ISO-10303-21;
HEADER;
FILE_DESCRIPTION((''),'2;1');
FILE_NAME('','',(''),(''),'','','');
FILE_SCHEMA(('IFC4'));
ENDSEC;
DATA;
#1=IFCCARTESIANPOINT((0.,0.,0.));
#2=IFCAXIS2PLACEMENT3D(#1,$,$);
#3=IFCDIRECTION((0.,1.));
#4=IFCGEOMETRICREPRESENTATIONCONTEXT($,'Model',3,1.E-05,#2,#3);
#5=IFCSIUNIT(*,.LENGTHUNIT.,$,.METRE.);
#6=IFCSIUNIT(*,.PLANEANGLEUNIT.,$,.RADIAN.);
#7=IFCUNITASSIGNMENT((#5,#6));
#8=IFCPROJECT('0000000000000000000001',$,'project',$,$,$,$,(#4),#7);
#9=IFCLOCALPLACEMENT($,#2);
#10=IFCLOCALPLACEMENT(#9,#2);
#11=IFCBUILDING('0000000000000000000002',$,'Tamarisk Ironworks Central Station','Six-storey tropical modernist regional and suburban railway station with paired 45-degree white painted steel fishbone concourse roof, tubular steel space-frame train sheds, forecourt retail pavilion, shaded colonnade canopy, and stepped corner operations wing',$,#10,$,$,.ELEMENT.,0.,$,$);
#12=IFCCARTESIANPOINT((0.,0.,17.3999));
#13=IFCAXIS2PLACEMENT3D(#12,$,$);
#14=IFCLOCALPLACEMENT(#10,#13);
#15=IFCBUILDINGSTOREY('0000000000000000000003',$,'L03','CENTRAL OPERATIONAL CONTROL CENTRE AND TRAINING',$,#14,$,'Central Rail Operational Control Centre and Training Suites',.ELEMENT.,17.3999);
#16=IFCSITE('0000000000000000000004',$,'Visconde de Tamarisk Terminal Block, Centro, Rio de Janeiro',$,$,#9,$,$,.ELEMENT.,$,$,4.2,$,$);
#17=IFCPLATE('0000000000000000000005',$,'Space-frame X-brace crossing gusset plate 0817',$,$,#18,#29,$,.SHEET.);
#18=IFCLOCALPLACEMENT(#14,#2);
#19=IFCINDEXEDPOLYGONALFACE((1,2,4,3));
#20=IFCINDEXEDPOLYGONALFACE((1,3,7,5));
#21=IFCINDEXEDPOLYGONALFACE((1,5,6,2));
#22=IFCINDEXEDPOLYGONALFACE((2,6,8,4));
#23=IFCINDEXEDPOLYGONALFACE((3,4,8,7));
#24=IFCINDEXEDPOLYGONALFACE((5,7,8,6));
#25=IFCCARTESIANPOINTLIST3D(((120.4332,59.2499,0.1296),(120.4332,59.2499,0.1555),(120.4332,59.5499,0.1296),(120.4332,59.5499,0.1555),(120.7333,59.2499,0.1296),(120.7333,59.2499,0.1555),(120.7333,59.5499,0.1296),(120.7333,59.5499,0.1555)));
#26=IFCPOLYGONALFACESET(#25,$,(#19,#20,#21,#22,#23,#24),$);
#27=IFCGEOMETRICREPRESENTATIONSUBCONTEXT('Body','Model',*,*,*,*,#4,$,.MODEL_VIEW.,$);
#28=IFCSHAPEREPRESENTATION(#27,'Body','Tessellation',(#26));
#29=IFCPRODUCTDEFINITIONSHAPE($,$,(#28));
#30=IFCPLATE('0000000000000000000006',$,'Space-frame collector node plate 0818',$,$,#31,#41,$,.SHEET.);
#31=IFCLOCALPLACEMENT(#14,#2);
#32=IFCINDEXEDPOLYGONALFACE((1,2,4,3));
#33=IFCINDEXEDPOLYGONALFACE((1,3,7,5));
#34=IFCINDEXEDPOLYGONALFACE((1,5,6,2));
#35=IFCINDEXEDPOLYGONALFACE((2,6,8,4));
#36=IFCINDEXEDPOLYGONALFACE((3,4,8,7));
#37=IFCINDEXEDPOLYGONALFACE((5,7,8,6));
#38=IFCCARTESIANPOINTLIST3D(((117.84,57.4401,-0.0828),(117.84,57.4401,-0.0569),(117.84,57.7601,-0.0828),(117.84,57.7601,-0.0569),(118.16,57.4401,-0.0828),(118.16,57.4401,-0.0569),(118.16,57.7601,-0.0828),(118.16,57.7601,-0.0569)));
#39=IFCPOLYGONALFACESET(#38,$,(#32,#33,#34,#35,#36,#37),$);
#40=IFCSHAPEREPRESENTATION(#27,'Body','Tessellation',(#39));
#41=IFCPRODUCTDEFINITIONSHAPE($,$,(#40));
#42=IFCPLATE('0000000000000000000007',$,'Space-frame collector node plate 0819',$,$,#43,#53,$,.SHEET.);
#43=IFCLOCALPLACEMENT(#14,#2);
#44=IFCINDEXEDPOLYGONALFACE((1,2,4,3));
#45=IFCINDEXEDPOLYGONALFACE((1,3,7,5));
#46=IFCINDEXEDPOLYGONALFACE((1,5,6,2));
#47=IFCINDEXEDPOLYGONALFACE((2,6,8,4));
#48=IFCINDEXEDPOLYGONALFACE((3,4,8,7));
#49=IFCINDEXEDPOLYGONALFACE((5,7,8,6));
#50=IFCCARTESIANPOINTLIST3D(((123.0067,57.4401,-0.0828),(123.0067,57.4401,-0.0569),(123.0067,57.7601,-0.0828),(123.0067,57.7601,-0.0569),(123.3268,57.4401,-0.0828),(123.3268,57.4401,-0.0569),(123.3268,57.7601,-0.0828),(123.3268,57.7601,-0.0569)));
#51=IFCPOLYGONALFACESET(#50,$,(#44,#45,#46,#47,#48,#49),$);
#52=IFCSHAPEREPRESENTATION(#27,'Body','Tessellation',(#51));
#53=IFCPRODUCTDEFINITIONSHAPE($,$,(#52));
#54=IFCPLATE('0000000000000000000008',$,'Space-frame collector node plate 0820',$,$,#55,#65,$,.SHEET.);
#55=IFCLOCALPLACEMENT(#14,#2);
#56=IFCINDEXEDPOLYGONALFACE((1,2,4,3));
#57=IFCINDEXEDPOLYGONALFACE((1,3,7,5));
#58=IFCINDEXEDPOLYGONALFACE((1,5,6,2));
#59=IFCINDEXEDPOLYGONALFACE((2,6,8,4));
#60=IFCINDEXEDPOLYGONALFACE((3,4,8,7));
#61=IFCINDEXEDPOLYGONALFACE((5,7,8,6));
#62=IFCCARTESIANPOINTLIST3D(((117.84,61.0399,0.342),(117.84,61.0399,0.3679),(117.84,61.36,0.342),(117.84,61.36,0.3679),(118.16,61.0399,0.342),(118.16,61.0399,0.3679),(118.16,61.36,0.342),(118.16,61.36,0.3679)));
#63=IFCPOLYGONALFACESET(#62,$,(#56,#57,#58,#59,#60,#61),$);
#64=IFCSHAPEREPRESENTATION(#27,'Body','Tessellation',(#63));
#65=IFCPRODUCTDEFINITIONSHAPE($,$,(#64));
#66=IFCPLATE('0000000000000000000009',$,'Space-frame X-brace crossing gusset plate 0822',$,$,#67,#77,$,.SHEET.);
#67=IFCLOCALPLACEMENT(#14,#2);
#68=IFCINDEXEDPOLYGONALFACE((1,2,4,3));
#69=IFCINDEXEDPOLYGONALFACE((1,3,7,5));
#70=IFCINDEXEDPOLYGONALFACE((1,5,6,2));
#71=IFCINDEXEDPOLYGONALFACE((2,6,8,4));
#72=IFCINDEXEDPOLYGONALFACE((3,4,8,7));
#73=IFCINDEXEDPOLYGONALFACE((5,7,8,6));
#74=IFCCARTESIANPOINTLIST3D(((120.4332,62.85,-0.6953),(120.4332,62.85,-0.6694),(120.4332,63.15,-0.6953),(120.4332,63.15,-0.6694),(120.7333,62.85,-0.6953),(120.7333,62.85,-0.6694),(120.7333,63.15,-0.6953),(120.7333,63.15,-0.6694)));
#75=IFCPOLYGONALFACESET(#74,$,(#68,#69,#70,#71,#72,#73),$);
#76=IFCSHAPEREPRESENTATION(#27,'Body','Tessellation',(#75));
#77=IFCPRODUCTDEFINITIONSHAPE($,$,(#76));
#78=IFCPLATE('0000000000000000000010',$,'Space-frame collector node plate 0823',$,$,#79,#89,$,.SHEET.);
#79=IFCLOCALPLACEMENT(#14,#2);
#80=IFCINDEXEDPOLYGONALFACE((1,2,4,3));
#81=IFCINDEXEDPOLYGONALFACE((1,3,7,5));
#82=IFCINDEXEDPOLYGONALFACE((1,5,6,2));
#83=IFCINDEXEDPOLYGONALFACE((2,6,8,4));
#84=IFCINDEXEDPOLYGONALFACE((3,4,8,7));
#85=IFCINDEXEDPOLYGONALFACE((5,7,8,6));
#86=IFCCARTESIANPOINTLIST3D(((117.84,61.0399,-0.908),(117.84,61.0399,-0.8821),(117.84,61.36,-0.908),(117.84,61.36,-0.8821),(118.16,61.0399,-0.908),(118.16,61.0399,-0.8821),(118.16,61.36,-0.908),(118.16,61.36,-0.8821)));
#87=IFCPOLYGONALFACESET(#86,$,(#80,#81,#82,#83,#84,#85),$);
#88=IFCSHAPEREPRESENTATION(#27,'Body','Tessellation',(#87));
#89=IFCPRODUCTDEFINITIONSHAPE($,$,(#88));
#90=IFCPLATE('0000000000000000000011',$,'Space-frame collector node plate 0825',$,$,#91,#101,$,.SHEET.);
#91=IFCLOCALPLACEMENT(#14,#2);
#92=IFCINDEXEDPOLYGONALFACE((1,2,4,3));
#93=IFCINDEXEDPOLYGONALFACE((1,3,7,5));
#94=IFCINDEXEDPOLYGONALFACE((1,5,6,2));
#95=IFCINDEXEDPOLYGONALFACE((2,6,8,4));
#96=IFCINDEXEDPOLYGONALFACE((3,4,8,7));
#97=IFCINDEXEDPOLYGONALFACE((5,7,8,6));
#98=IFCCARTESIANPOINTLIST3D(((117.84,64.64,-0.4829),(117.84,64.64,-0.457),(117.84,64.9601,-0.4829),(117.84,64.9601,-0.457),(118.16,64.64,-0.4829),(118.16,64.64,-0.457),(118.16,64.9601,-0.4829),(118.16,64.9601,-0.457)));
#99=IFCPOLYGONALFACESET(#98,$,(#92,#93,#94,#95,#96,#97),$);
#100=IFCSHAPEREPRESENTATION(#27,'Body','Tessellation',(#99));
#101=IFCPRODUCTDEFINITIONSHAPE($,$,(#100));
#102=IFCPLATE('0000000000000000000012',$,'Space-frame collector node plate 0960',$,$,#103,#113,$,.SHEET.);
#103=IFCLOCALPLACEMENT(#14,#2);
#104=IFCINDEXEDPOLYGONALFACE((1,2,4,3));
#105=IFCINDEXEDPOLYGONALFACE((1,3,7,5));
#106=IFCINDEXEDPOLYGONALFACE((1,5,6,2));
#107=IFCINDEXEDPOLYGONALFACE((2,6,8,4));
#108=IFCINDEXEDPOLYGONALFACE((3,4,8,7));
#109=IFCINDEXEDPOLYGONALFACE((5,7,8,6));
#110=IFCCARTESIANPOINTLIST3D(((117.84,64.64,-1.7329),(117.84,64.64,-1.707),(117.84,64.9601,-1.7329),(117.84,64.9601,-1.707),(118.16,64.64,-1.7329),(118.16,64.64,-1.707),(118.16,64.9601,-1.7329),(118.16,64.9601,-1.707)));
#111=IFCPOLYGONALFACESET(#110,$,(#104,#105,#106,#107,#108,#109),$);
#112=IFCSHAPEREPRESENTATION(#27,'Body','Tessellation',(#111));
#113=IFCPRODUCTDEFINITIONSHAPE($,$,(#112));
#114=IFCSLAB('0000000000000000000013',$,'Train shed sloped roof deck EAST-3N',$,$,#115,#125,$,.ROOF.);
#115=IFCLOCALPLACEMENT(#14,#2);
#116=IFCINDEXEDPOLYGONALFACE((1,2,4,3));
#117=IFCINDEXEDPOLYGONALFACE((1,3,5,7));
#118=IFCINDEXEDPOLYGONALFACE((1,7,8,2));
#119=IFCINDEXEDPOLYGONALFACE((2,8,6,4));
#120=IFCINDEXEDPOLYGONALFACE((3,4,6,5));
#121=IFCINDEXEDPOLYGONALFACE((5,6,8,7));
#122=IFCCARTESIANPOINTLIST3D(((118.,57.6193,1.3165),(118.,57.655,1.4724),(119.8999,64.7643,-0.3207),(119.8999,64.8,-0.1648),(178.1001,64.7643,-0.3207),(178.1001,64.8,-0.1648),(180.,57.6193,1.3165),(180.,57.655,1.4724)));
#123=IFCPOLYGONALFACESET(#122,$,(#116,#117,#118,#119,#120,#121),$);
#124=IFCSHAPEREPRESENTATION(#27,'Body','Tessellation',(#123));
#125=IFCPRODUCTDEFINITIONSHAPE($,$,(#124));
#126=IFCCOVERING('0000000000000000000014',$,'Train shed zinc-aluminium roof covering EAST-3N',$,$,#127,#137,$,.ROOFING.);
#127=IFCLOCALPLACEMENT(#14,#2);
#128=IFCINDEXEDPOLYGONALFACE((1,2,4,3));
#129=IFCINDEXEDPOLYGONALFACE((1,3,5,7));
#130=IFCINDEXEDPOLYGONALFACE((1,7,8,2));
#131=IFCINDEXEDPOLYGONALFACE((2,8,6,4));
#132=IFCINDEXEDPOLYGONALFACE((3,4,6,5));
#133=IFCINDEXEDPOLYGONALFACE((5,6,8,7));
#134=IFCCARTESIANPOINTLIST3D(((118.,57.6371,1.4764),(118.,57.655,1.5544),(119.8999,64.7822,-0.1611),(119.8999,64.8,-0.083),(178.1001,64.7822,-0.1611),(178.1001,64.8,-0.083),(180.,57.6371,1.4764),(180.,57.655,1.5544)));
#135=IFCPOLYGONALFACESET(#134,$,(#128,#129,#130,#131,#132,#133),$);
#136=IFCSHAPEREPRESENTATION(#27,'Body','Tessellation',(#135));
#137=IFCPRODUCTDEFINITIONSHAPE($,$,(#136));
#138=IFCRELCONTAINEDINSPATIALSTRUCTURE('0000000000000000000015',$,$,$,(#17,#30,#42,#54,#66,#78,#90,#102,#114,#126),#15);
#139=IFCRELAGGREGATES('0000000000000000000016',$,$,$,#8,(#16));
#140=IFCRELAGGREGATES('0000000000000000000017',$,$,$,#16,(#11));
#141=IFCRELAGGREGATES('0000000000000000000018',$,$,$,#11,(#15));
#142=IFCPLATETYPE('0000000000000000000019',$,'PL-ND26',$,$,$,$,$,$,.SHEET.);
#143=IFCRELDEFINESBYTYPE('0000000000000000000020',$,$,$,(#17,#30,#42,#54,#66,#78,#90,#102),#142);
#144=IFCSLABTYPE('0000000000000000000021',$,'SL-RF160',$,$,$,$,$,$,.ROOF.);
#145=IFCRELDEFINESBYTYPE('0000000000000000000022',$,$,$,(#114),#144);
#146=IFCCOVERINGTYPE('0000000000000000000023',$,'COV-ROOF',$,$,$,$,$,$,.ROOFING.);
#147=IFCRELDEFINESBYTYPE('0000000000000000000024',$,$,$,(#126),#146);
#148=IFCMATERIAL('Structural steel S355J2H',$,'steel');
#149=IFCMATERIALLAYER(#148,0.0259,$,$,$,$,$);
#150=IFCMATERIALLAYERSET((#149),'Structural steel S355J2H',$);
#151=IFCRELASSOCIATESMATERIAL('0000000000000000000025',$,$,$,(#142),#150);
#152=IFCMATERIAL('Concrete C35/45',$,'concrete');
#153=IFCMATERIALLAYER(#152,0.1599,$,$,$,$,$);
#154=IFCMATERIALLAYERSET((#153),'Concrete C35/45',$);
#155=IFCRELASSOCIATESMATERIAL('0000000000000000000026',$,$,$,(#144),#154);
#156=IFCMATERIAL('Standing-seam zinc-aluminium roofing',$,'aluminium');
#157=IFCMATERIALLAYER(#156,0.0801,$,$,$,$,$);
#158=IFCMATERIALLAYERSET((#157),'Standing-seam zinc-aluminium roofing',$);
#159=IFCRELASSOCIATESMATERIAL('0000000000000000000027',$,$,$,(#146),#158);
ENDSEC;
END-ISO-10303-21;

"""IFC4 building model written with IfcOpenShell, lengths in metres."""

from ifc_helpers import new_model, si_unit, direction, frame, origin, origin_2d, place, context, subcontext, project, spatial, polyline, rectangle, outline, extrude, material, layer, layer_set, type_object, element, save


model = new_model("IFC4")

# Units and contexts
model_context = context("Model", 3, precision=1e-05, world=origin(), true_north=direction((0.0, 1.0)))
body_context = subcontext(model_context, "Body", "Model", "MODEL_VIEW")
ifc_project = project(units=[si_unit("LENGTHUNIT", "METRE"), si_unit("PLANEANGLEUNIT", "RADIAN")], contexts=[model_context])

# Site, building, storey
site_placement = place(None, origin())
site = spatial("IfcSite", under=ifc_project, at=site_placement, Name="Visconde de Tamarisk Terminal Block, Centro, Rio de Janeiro", CompositionType="ELEMENT", RefElevation=4.2)
building_placement = place(site_placement, origin())
building = spatial("IfcBuilding", under=site, at=building_placement, Name="Tamarisk Ironworks Central Station", Description="Six-storey tropical modernist regional and suburban railway station with paired 45-degree white painted steel fishbone concourse roof, tubular steel space-frame train sheds, forecourt retail pavilion, shaded colonnade canopy, and stepped corner operations wing", CompositionType="ELEMENT", ElevationOfRefHeight=0.0)
storey_placement = place(building_placement, frame((0.0, 0.0, 17.3999)))
storey = spatial("IfcBuildingStorey", under=building, at=storey_placement, Name="L03", Description="CENTRAL OPERATIONAL CONTROL CENTRE AND TRAINING", LongName="Central Rail Operational Control Centre and Training Suites", CompositionType="ELEMENT", Elevation=17.3999)

# Shared definitions
ifc_material_1 = material(Name="Structural steel S355J2H", Category="steel")

# Plates
ifc_layer_1 = layer(ifc_material_1, 0.0259)
ifc_layer_set_1 = layer_set([ifc_layer_1], Name="Structural steel S355J2H")
plate_type = type_object("IfcPlateType", Name="PL-ND26", PredefinedType="SHEET", material=ifc_layer_set_1)
plate_1_placement = place(storey_placement, frame((120.5833, 59.3999, 0.1296), z_axis=(0.0, 0.0, 1.0), x_axis=(1.0, 0.0, 0.0)))
element("IfcPlate", 1, at=plate_1_placement, inside=storey, type_object=plate_type, Name="Space-frame X-brace crossing gusset plate 0817", PredefinedType="SHEET", context=body_context, shape_type="SweptSolid", body=[
    extrude(rectangle(XDim=0.3, YDim=0.3, at=origin_2d()), origin(), (0.0, 0.0, 1.0), 0.0259),
])
for number, where, z_axis, x_axis, name in (
    (2, (118.0, 57.6001, -0.0828), (0.0, 0.0, 1.0), (1.0, 0.0, 0.0), "Space-frame collector node plate 0818"),
    (3, (123.1667, 57.6001, -0.0828), (0.0, 0.0, 1.0), (1.0, 0.0, 0.0), "Space-frame collector node plate 0819"),
    (4, (118.0, 61.2, 0.342), (0.0, 0.0, 1.0), (1.0, 0.0, 0.0), "Space-frame collector node plate 0820"),
):
    element("IfcPlate", number, at=place(storey_placement, frame(where, z_axis=z_axis, x_axis=x_axis)), inside=storey, type_object=plate_type, Name=name, PredefinedType="SHEET", context=body_context, shape_type="SweptSolid", body=[
        extrude(rectangle(XDim=0.3201, YDim=0.3201, at=origin_2d()), origin(), (0.0, 0.0, 1.0), 0.0259),
    ])
plate_2_placement = place(storey_placement, frame((120.5833, 63.0, -0.6953), z_axis=(0.0, 0.0, 1.0), x_axis=(1.0, 0.0, 0.0)))
element("IfcPlate", 5, at=plate_2_placement, inside=storey, type_object=plate_type, Name="Space-frame X-brace crossing gusset plate 0822", PredefinedType="SHEET", context=body_context, shape_type="SweptSolid", body=[
    extrude(rectangle(XDim=0.3, YDim=0.3, at=origin_2d()), origin(), (0.0, 0.0, 1.0), 0.0259),
])
for number, where, z_axis, x_axis, name in (
    (6, (118.0, 61.2, -0.908), (0.0, 0.0, 1.0), (1.0, 0.0, 0.0), "Space-frame collector node plate 0823"),
    (7, (118.0, 64.8, -0.4829), (0.0, 0.0, 1.0), (1.0, 0.0, 0.0), "Space-frame collector node plate 0825"),
    (8, (118.0, 64.8, -1.7329), (0.0, 0.0, 1.0), (1.0, 0.0, 0.0), "Space-frame collector node plate 0960"),
):
    element("IfcPlate", number, at=place(storey_placement, frame(where, z_axis=z_axis, x_axis=x_axis)), inside=storey, type_object=plate_type, Name=name, PredefinedType="SHEET", context=body_context, shape_type="SweptSolid", body=[
        extrude(rectangle(XDim=0.3201, YDim=0.3201, at=origin_2d()), origin(), (0.0, 0.0, 1.0), 0.0259),
    ])

# Slab
ifc_material_2 = material(Name="Concrete C35/45", Category="concrete")
ifc_layer_2 = layer(ifc_material_2, 0.1599)
ifc_layer_set_2 = layer_set([ifc_layer_2], Name="Concrete C35/45")
slab_type = type_object("IfcSlabType", Name="SL-RF160", PredefinedType="ROOF", material=ifc_layer_set_2)
slab_placement = place(storey_placement, frame((118.0, 57.655, 1.4724), z_axis=(0.0, 0.223351, 0.974738), x_axis=(1.0, 0.0, 0.0)))
element("IfcSlab", 9, at=slab_placement, inside=storey, type_object=slab_type, Name="Train shed sloped roof deck EAST-3N", PredefinedType="ROOF", context=body_context, shape_type="SweptSolid", body=[
    extrude(outline(polyline([(0.0, 0.0), (62.0, 0.0), (60.1001, 7.3302), (1.8999, 7.3302), (0.0, 0.0)])), origin(), (0.0, 0.0, -1.0), 0.1599),
])

# Covering
ifc_material_3 = material(Name="Standing-seam zinc-aluminium roofing", Category="aluminium")
ifc_layer_3 = layer(ifc_material_3, 0.0801)
ifc_layer_set_3 = layer_set([ifc_layer_3], Name="Standing-seam zinc-aluminium roofing")
covering_type = type_object("IfcCoveringType", Name="COV-ROOF", PredefinedType="ROOFING", material=ifc_layer_set_3)
covering_placement = place(storey_placement, frame((118.0, 57.655, 1.5544), z_axis=(0.0, 0.223383, 0.974731), x_axis=(1.0, 0.0, 0.0)))
element("IfcCovering", 10, at=covering_placement, inside=storey, type_object=covering_type, Name="Train shed zinc-aluminium roof covering EAST-3N", PredefinedType="ROOFING", context=body_context, shape_type="SweptSolid", body=[
    extrude(outline(polyline([(0.0, 0.0), (62.0, 0.0), (60.1001, 7.3302), (1.8999, 7.3302), (0.0, 0.0)])), origin(), (0.0, 0.0, -1.0), 0.0801),
])

save(model, "model.ifc")
